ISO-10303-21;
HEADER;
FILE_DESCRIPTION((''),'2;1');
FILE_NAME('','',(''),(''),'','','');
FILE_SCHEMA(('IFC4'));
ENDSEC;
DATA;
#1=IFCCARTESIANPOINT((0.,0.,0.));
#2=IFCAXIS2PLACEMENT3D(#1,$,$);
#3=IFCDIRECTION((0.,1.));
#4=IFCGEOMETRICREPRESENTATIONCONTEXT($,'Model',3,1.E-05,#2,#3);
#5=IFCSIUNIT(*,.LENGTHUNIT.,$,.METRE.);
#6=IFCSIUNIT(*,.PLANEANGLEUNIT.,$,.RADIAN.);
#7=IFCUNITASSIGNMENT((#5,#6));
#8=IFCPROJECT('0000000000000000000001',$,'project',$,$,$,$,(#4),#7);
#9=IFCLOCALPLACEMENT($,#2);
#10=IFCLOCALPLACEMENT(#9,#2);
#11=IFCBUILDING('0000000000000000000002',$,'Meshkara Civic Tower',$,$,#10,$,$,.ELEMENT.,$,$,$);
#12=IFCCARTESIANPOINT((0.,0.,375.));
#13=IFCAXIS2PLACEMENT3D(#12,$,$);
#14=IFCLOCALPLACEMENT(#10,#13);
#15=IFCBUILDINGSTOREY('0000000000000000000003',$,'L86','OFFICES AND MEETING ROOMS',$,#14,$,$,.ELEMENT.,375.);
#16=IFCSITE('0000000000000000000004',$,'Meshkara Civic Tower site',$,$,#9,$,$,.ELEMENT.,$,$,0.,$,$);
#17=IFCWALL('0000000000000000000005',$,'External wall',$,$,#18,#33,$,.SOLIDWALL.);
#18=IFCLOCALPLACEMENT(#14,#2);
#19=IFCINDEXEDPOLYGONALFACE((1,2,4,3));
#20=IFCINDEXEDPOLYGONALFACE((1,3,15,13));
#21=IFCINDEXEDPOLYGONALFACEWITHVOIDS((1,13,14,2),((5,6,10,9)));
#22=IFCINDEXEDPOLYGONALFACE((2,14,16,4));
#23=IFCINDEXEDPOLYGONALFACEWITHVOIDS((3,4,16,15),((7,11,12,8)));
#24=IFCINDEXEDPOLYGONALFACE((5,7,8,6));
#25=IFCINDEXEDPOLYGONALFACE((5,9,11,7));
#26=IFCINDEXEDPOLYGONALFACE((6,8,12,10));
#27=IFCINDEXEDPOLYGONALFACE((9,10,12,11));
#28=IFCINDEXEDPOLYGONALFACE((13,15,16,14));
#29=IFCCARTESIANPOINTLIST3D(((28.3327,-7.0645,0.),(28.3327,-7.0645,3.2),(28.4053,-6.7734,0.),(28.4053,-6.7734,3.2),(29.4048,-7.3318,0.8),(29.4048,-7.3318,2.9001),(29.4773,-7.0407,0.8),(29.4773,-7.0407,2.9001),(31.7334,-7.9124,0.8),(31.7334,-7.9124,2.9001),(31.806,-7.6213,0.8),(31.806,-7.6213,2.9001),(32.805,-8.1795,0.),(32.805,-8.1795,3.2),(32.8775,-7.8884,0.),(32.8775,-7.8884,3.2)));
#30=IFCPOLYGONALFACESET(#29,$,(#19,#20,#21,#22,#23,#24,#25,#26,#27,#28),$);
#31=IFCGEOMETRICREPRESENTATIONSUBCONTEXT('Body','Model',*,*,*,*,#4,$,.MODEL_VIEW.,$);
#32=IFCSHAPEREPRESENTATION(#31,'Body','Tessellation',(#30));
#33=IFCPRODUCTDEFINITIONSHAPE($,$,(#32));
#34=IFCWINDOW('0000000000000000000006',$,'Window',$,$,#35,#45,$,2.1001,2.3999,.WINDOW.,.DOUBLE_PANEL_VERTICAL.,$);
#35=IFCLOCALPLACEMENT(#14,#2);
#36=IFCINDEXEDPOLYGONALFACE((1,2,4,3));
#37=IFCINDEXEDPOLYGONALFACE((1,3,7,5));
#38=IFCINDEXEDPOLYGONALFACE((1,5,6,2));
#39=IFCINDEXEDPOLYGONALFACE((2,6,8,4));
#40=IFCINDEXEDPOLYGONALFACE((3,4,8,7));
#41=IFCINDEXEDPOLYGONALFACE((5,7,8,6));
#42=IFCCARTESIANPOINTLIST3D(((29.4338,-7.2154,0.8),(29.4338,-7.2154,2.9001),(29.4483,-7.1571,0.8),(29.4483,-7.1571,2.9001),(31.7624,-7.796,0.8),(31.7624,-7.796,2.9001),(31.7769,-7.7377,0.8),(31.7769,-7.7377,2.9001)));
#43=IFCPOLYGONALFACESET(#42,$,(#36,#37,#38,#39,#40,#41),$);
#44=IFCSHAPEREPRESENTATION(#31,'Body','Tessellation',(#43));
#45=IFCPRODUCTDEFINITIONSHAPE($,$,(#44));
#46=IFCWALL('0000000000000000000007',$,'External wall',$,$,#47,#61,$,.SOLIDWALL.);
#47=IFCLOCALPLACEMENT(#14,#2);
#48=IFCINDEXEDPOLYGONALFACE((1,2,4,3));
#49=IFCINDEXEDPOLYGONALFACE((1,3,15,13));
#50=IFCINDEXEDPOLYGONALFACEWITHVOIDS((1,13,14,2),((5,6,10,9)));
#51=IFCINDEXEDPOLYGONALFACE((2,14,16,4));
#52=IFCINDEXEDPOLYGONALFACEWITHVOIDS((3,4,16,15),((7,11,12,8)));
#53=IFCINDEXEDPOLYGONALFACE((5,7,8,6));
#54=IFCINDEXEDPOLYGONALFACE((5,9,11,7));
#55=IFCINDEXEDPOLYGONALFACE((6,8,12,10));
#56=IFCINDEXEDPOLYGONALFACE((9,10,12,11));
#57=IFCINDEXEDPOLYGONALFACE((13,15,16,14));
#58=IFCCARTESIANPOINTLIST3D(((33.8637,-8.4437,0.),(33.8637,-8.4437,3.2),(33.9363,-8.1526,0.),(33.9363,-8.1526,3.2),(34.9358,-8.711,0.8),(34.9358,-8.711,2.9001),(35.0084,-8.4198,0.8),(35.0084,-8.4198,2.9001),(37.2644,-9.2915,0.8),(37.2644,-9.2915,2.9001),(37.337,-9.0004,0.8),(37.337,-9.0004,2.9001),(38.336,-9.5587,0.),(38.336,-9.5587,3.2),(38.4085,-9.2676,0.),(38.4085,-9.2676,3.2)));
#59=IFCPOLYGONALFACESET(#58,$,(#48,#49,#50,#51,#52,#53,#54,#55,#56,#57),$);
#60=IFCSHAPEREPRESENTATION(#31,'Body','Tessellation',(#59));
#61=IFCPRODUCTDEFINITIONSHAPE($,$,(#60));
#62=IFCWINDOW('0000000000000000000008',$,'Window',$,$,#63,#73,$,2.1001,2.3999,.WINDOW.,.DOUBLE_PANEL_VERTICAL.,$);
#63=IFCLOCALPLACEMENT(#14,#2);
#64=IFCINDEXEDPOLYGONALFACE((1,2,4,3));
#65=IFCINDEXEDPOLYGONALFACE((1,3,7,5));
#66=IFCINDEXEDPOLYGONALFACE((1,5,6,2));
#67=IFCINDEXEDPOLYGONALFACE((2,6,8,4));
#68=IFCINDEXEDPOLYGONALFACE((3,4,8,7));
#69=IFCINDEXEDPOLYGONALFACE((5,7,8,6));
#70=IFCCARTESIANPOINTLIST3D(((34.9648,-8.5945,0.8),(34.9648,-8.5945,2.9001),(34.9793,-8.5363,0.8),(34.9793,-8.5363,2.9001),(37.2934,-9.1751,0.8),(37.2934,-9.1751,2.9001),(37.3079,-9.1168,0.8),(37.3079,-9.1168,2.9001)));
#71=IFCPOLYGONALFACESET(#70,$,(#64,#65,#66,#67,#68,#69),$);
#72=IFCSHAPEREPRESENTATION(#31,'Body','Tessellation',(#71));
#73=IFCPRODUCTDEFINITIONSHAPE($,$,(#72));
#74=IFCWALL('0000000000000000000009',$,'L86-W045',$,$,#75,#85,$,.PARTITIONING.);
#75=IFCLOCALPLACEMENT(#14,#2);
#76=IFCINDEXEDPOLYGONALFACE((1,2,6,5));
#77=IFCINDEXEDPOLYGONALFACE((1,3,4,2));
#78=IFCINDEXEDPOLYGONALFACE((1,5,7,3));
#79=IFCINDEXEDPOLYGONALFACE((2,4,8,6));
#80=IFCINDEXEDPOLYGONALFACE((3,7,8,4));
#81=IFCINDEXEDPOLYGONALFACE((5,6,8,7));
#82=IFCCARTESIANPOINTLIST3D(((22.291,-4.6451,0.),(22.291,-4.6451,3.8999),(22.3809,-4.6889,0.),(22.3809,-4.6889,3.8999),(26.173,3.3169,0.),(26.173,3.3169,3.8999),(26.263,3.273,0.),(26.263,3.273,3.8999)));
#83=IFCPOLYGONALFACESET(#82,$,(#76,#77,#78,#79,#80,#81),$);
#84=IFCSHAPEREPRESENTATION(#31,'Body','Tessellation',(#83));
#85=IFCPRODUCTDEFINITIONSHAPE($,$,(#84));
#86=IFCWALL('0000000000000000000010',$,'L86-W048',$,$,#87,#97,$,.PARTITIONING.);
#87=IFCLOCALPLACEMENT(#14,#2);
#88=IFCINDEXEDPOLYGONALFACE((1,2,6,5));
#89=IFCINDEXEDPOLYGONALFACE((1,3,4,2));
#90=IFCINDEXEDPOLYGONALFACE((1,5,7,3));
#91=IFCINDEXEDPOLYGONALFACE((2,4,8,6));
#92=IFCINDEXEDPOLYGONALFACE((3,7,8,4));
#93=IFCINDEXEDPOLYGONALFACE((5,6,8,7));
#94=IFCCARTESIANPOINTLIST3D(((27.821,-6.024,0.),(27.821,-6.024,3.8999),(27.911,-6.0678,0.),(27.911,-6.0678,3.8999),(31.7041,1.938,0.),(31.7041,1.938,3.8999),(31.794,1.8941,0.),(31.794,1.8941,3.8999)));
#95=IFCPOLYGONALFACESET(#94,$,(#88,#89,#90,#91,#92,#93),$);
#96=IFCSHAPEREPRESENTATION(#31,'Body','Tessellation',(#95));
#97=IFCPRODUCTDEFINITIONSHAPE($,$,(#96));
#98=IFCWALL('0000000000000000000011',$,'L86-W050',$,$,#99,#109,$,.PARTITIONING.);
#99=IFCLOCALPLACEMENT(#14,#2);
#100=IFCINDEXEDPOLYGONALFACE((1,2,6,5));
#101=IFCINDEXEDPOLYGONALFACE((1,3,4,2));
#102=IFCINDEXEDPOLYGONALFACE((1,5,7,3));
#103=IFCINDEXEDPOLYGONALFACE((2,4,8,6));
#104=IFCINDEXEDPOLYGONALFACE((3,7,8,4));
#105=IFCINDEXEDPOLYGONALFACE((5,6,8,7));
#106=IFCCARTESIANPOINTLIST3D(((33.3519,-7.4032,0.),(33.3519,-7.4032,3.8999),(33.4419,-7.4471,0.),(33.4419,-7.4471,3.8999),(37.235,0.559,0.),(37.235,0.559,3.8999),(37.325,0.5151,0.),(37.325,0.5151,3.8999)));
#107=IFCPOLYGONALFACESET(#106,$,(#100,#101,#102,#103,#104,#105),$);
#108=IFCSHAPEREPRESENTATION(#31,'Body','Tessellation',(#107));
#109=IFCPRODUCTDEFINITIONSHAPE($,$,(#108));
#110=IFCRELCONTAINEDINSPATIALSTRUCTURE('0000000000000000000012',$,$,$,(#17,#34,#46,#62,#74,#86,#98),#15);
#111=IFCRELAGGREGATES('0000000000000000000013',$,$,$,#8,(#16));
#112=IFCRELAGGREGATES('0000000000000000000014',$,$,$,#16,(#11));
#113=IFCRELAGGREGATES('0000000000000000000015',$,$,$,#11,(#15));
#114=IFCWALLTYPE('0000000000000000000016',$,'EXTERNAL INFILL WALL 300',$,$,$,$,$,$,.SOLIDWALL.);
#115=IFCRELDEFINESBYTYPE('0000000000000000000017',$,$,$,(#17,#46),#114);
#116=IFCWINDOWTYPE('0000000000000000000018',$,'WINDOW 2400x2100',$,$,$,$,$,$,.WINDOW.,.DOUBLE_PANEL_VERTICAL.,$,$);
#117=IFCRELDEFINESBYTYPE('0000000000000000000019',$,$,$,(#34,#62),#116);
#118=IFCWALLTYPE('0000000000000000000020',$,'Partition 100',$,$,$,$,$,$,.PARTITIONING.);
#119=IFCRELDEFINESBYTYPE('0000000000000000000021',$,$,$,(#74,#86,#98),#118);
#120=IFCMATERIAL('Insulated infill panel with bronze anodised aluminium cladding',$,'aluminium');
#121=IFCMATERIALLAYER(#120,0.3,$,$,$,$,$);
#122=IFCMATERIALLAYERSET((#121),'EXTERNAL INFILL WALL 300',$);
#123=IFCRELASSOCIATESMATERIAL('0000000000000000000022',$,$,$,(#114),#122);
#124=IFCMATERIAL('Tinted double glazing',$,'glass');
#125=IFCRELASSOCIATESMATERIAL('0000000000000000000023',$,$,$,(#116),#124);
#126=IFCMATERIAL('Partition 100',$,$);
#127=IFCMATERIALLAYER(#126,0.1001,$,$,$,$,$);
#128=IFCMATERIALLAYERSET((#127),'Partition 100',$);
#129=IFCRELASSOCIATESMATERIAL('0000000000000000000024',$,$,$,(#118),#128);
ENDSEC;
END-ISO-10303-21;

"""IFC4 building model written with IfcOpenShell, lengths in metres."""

from ifc_helpers import new_model, si_unit, direction, frame, frame_2d, origin, place, context, subcontext, project, spatial, rectangle, extrude, material, layer, layer_set, type_object, element, fill, save


model = new_model("IFC4")

# Units and contexts
model_context = context("Model", 3, precision=1e-05, world=origin(), true_north=direction((0.0, 1.0)))
body_context = subcontext(model_context, "Body", "Model", "MODEL_VIEW")
ifc_project = project(units=[si_unit("LENGTHUNIT", "METRE"), si_unit("PLANEANGLEUNIT", "RADIAN")], contexts=[model_context])

# Site, building, storey
site_placement = place(None, origin())
site = spatial("IfcSite", under=ifc_project, at=site_placement, Name="Meshkara Civic Tower site", CompositionType="ELEMENT", RefElevation=0.0)
building_placement = place(site_placement, origin())
building = spatial("IfcBuilding", under=site, at=building_placement, Name="Meshkara Civic Tower", CompositionType="ELEMENT")
storey_placement = place(building_placement, frame((0.0, 0.0, 375.0)))
storey = spatial("IfcBuildingStorey", under=building, at=storey_placement, Name="L86", Description="OFFICES AND MEETING ROOMS", CompositionType="ELEMENT", Elevation=375.0)

# Walls, openings, windows
ifc_material_1 = material(Name="Insulated infill panel with bronze anodised aluminium cladding", Category="aluminium")
ifc_layer_1 = layer(ifc_material_1, 0.3)
ifc_layer_set_1 = layer_set([ifc_layer_1], Name="EXTERNAL INFILL WALL 300")
wall_type_1 = type_object("IfcWallType", Name="EXTERNAL INFILL WALL 300", PredefinedType="SOLIDWALL", material=ifc_layer_set_1)
ifc_material_2 = material(Name="Tinted double glazing", Category="glass")
window_type = type_object("IfcWindowType", Name="WINDOW 2400x2100", PartitioningType="DOUBLE_PANEL_VERTICAL", PredefinedType="WINDOW", material=ifc_material_2)
wall_1_placement = place(storey_placement, frame((28.3689, -6.9189, 0.0), z_axis=(0.0, 0.0, 1.0), x_axis=(0.970298, -0.241912, 0.0)))
wall_1 = element("IfcWall", 1, at=wall_1_placement, inside=storey, type_object=wall_type_1, Name="External wall", PredefinedType="SOLIDWALL", context=body_context, shape_type="SweptSolid", body=[
    extrude(rectangle(XDim=4.6091, YDim=0.3, at=frame_2d((2.3047, 0.0))), origin(), (0.0, 0.0, 1.0), 3.2),
])
opening_1_placement = place(wall_1_placement, frame((1.105, 0.0, 0.8)))
opening_1 = element("IfcOpeningElement", 2, at=opening_1_placement, cuts=wall_1, PredefinedType="OPENING", context=body_context, shape_type="SweptSolid", body=[
    extrude(rectangle(XDim=2.3999, YDim=2.1001, at=frame_2d((1.2, 1.05))), frame((0.0, 0.1599, 0.0), z_axis=(0.0, -1.0, 0.0), x_axis=(1.0, 0.0, 0.0)), (0.0, 0.0, 1.0), 0.3201),
])
window_1_placement = place(opening_1_placement, origin())
window_1 = element("IfcWindow", 3, at=window_1_placement, inside=storey, type_object=window_type, Name="Window", OverallHeight=2.1001, OverallWidth=2.3999, PartitioningType="DOUBLE_PANEL_VERTICAL", PredefinedType="WINDOW", context=body_context, shape_type="SweptSolid", body=[
    extrude(rectangle(XDim=2.3999, YDim=2.1001, at=frame_2d((1.2, 1.05))), frame((0.0, 0.03, 0.0), z_axis=(0.0, -1.0, 0.0), x_axis=(1.0, 0.0, 0.0)), (0.0, 0.0, 1.0), 0.0601),
])
fill(opening_1, window_1)
wall_2_placement = place(storey_placement, frame((33.8999, -8.2981, 0.0), z_axis=(0.0, 0.0, 1.0), x_axis=(0.970298, -0.241912, 0.0)))
wall_2 = element("IfcWall", 4, at=wall_2_placement, inside=storey, type_object=wall_type_1, Name="External wall", PredefinedType="SOLIDWALL", context=body_context, shape_type="SweptSolid", body=[
    extrude(rectangle(XDim=4.6091, YDim=0.3, at=frame_2d((2.3047, 0.0))), origin(), (0.0, 0.0, 1.0), 3.2),
])
opening_2_placement = place(wall_2_placement, frame((1.105, 0.0, 0.8)))
opening_2 = element("IfcOpeningElement", 5, at=opening_2_placement, cuts=wall_2, PredefinedType="OPENING", context=body_context, shape_type="SweptSolid", body=[
    extrude(rectangle(XDim=2.3999, YDim=2.1001, at=frame_2d((1.2, 1.05))), frame((0.0, 0.1599, 0.0), z_axis=(0.0, -1.0, 0.0), x_axis=(1.0, 0.0, 0.0)), (0.0, 0.0, 1.0), 0.3201),
])
window_2_placement = place(opening_2_placement, origin())
window_2 = element("IfcWindow", 6, at=window_2_placement, inside=storey, type_object=window_type, Name="Window", OverallHeight=2.1001, OverallWidth=2.3999, PartitioningType="DOUBLE_PANEL_VERTICAL", PredefinedType="WINDOW", context=body_context, shape_type="SweptSolid", body=[
    extrude(rectangle(XDim=2.3999, YDim=2.1001, at=frame_2d((1.2, 1.05))), frame((0.0, 0.03, 0.0), z_axis=(0.0, -1.0, 0.0), x_axis=(1.0, 0.0, 0.0)), (0.0, 0.0, 1.0), 0.0601),
])
fill(opening_2, window_2)

# Walls
ifc_material_3 = material(Name="Partition 100")
ifc_layer_2 = layer(ifc_material_3, 0.1001)
ifc_layer_set_2 = layer_set([ifc_layer_2], Name="Partition 100")
wall_type_2 = type_object("IfcWallType", Name="Partition 100", PredefinedType="PARTITIONING", material=ifc_layer_set_2)
wall_3_placement = place(storey_placement, frame((22.3359, -4.667, 0.0), z_axis=(0.0, 0.0, 1.0), x_axis=(0.438261, 0.898848, 0.0)))
element("IfcWall", 7, at=wall_3_placement, inside=storey, type_object=wall_type_2, Name="L86-W045", PredefinedType="PARTITIONING", context=body_context, shape_type="SweptSolid", body=[
    extrude(rectangle(XDim=8.8579, YDim=0.1001, at=frame_2d((4.429, 0.0))), origin(), (0.0, 0.0, 1.0), 3.8999),
])
wall_4_placement = place(storey_placement, frame((27.866, -6.0459, 0.0), z_axis=(0.0, 0.0, 1.0), x_axis=(0.43835, 0.898804, 0.0)))
element("IfcWall", 8, at=wall_4_placement, inside=storey, type_object=wall_type_2, Name="L86-W048", PredefinedType="PARTITIONING", context=body_context, shape_type="SweptSolid", body=[
    extrude(rectangle(XDim=8.8584, YDim=0.1001, at=frame_2d((4.4292, 0.0))), origin(), (0.0, 0.0, 1.0), 3.8999),
])
wall_5_placement = place(storey_placement, frame((33.397, -7.425, 0.0), z_axis=(0.0, 0.0, 1.0), x_axis=(0.438339, 0.898809, 0.0)))
element("IfcWall", 9, at=wall_5_placement, inside=storey, type_object=wall_type_2, Name="L86-W050", PredefinedType="PARTITIONING", context=body_context, shape_type="SweptSolid", body=[
    extrude(rectangle(XDim=8.8586, YDim=0.1001, at=frame_2d((4.4292, 0.0))), origin(), (0.0, 0.0, 1.0), 3.8999),
])

save(model, "model.ifc")
